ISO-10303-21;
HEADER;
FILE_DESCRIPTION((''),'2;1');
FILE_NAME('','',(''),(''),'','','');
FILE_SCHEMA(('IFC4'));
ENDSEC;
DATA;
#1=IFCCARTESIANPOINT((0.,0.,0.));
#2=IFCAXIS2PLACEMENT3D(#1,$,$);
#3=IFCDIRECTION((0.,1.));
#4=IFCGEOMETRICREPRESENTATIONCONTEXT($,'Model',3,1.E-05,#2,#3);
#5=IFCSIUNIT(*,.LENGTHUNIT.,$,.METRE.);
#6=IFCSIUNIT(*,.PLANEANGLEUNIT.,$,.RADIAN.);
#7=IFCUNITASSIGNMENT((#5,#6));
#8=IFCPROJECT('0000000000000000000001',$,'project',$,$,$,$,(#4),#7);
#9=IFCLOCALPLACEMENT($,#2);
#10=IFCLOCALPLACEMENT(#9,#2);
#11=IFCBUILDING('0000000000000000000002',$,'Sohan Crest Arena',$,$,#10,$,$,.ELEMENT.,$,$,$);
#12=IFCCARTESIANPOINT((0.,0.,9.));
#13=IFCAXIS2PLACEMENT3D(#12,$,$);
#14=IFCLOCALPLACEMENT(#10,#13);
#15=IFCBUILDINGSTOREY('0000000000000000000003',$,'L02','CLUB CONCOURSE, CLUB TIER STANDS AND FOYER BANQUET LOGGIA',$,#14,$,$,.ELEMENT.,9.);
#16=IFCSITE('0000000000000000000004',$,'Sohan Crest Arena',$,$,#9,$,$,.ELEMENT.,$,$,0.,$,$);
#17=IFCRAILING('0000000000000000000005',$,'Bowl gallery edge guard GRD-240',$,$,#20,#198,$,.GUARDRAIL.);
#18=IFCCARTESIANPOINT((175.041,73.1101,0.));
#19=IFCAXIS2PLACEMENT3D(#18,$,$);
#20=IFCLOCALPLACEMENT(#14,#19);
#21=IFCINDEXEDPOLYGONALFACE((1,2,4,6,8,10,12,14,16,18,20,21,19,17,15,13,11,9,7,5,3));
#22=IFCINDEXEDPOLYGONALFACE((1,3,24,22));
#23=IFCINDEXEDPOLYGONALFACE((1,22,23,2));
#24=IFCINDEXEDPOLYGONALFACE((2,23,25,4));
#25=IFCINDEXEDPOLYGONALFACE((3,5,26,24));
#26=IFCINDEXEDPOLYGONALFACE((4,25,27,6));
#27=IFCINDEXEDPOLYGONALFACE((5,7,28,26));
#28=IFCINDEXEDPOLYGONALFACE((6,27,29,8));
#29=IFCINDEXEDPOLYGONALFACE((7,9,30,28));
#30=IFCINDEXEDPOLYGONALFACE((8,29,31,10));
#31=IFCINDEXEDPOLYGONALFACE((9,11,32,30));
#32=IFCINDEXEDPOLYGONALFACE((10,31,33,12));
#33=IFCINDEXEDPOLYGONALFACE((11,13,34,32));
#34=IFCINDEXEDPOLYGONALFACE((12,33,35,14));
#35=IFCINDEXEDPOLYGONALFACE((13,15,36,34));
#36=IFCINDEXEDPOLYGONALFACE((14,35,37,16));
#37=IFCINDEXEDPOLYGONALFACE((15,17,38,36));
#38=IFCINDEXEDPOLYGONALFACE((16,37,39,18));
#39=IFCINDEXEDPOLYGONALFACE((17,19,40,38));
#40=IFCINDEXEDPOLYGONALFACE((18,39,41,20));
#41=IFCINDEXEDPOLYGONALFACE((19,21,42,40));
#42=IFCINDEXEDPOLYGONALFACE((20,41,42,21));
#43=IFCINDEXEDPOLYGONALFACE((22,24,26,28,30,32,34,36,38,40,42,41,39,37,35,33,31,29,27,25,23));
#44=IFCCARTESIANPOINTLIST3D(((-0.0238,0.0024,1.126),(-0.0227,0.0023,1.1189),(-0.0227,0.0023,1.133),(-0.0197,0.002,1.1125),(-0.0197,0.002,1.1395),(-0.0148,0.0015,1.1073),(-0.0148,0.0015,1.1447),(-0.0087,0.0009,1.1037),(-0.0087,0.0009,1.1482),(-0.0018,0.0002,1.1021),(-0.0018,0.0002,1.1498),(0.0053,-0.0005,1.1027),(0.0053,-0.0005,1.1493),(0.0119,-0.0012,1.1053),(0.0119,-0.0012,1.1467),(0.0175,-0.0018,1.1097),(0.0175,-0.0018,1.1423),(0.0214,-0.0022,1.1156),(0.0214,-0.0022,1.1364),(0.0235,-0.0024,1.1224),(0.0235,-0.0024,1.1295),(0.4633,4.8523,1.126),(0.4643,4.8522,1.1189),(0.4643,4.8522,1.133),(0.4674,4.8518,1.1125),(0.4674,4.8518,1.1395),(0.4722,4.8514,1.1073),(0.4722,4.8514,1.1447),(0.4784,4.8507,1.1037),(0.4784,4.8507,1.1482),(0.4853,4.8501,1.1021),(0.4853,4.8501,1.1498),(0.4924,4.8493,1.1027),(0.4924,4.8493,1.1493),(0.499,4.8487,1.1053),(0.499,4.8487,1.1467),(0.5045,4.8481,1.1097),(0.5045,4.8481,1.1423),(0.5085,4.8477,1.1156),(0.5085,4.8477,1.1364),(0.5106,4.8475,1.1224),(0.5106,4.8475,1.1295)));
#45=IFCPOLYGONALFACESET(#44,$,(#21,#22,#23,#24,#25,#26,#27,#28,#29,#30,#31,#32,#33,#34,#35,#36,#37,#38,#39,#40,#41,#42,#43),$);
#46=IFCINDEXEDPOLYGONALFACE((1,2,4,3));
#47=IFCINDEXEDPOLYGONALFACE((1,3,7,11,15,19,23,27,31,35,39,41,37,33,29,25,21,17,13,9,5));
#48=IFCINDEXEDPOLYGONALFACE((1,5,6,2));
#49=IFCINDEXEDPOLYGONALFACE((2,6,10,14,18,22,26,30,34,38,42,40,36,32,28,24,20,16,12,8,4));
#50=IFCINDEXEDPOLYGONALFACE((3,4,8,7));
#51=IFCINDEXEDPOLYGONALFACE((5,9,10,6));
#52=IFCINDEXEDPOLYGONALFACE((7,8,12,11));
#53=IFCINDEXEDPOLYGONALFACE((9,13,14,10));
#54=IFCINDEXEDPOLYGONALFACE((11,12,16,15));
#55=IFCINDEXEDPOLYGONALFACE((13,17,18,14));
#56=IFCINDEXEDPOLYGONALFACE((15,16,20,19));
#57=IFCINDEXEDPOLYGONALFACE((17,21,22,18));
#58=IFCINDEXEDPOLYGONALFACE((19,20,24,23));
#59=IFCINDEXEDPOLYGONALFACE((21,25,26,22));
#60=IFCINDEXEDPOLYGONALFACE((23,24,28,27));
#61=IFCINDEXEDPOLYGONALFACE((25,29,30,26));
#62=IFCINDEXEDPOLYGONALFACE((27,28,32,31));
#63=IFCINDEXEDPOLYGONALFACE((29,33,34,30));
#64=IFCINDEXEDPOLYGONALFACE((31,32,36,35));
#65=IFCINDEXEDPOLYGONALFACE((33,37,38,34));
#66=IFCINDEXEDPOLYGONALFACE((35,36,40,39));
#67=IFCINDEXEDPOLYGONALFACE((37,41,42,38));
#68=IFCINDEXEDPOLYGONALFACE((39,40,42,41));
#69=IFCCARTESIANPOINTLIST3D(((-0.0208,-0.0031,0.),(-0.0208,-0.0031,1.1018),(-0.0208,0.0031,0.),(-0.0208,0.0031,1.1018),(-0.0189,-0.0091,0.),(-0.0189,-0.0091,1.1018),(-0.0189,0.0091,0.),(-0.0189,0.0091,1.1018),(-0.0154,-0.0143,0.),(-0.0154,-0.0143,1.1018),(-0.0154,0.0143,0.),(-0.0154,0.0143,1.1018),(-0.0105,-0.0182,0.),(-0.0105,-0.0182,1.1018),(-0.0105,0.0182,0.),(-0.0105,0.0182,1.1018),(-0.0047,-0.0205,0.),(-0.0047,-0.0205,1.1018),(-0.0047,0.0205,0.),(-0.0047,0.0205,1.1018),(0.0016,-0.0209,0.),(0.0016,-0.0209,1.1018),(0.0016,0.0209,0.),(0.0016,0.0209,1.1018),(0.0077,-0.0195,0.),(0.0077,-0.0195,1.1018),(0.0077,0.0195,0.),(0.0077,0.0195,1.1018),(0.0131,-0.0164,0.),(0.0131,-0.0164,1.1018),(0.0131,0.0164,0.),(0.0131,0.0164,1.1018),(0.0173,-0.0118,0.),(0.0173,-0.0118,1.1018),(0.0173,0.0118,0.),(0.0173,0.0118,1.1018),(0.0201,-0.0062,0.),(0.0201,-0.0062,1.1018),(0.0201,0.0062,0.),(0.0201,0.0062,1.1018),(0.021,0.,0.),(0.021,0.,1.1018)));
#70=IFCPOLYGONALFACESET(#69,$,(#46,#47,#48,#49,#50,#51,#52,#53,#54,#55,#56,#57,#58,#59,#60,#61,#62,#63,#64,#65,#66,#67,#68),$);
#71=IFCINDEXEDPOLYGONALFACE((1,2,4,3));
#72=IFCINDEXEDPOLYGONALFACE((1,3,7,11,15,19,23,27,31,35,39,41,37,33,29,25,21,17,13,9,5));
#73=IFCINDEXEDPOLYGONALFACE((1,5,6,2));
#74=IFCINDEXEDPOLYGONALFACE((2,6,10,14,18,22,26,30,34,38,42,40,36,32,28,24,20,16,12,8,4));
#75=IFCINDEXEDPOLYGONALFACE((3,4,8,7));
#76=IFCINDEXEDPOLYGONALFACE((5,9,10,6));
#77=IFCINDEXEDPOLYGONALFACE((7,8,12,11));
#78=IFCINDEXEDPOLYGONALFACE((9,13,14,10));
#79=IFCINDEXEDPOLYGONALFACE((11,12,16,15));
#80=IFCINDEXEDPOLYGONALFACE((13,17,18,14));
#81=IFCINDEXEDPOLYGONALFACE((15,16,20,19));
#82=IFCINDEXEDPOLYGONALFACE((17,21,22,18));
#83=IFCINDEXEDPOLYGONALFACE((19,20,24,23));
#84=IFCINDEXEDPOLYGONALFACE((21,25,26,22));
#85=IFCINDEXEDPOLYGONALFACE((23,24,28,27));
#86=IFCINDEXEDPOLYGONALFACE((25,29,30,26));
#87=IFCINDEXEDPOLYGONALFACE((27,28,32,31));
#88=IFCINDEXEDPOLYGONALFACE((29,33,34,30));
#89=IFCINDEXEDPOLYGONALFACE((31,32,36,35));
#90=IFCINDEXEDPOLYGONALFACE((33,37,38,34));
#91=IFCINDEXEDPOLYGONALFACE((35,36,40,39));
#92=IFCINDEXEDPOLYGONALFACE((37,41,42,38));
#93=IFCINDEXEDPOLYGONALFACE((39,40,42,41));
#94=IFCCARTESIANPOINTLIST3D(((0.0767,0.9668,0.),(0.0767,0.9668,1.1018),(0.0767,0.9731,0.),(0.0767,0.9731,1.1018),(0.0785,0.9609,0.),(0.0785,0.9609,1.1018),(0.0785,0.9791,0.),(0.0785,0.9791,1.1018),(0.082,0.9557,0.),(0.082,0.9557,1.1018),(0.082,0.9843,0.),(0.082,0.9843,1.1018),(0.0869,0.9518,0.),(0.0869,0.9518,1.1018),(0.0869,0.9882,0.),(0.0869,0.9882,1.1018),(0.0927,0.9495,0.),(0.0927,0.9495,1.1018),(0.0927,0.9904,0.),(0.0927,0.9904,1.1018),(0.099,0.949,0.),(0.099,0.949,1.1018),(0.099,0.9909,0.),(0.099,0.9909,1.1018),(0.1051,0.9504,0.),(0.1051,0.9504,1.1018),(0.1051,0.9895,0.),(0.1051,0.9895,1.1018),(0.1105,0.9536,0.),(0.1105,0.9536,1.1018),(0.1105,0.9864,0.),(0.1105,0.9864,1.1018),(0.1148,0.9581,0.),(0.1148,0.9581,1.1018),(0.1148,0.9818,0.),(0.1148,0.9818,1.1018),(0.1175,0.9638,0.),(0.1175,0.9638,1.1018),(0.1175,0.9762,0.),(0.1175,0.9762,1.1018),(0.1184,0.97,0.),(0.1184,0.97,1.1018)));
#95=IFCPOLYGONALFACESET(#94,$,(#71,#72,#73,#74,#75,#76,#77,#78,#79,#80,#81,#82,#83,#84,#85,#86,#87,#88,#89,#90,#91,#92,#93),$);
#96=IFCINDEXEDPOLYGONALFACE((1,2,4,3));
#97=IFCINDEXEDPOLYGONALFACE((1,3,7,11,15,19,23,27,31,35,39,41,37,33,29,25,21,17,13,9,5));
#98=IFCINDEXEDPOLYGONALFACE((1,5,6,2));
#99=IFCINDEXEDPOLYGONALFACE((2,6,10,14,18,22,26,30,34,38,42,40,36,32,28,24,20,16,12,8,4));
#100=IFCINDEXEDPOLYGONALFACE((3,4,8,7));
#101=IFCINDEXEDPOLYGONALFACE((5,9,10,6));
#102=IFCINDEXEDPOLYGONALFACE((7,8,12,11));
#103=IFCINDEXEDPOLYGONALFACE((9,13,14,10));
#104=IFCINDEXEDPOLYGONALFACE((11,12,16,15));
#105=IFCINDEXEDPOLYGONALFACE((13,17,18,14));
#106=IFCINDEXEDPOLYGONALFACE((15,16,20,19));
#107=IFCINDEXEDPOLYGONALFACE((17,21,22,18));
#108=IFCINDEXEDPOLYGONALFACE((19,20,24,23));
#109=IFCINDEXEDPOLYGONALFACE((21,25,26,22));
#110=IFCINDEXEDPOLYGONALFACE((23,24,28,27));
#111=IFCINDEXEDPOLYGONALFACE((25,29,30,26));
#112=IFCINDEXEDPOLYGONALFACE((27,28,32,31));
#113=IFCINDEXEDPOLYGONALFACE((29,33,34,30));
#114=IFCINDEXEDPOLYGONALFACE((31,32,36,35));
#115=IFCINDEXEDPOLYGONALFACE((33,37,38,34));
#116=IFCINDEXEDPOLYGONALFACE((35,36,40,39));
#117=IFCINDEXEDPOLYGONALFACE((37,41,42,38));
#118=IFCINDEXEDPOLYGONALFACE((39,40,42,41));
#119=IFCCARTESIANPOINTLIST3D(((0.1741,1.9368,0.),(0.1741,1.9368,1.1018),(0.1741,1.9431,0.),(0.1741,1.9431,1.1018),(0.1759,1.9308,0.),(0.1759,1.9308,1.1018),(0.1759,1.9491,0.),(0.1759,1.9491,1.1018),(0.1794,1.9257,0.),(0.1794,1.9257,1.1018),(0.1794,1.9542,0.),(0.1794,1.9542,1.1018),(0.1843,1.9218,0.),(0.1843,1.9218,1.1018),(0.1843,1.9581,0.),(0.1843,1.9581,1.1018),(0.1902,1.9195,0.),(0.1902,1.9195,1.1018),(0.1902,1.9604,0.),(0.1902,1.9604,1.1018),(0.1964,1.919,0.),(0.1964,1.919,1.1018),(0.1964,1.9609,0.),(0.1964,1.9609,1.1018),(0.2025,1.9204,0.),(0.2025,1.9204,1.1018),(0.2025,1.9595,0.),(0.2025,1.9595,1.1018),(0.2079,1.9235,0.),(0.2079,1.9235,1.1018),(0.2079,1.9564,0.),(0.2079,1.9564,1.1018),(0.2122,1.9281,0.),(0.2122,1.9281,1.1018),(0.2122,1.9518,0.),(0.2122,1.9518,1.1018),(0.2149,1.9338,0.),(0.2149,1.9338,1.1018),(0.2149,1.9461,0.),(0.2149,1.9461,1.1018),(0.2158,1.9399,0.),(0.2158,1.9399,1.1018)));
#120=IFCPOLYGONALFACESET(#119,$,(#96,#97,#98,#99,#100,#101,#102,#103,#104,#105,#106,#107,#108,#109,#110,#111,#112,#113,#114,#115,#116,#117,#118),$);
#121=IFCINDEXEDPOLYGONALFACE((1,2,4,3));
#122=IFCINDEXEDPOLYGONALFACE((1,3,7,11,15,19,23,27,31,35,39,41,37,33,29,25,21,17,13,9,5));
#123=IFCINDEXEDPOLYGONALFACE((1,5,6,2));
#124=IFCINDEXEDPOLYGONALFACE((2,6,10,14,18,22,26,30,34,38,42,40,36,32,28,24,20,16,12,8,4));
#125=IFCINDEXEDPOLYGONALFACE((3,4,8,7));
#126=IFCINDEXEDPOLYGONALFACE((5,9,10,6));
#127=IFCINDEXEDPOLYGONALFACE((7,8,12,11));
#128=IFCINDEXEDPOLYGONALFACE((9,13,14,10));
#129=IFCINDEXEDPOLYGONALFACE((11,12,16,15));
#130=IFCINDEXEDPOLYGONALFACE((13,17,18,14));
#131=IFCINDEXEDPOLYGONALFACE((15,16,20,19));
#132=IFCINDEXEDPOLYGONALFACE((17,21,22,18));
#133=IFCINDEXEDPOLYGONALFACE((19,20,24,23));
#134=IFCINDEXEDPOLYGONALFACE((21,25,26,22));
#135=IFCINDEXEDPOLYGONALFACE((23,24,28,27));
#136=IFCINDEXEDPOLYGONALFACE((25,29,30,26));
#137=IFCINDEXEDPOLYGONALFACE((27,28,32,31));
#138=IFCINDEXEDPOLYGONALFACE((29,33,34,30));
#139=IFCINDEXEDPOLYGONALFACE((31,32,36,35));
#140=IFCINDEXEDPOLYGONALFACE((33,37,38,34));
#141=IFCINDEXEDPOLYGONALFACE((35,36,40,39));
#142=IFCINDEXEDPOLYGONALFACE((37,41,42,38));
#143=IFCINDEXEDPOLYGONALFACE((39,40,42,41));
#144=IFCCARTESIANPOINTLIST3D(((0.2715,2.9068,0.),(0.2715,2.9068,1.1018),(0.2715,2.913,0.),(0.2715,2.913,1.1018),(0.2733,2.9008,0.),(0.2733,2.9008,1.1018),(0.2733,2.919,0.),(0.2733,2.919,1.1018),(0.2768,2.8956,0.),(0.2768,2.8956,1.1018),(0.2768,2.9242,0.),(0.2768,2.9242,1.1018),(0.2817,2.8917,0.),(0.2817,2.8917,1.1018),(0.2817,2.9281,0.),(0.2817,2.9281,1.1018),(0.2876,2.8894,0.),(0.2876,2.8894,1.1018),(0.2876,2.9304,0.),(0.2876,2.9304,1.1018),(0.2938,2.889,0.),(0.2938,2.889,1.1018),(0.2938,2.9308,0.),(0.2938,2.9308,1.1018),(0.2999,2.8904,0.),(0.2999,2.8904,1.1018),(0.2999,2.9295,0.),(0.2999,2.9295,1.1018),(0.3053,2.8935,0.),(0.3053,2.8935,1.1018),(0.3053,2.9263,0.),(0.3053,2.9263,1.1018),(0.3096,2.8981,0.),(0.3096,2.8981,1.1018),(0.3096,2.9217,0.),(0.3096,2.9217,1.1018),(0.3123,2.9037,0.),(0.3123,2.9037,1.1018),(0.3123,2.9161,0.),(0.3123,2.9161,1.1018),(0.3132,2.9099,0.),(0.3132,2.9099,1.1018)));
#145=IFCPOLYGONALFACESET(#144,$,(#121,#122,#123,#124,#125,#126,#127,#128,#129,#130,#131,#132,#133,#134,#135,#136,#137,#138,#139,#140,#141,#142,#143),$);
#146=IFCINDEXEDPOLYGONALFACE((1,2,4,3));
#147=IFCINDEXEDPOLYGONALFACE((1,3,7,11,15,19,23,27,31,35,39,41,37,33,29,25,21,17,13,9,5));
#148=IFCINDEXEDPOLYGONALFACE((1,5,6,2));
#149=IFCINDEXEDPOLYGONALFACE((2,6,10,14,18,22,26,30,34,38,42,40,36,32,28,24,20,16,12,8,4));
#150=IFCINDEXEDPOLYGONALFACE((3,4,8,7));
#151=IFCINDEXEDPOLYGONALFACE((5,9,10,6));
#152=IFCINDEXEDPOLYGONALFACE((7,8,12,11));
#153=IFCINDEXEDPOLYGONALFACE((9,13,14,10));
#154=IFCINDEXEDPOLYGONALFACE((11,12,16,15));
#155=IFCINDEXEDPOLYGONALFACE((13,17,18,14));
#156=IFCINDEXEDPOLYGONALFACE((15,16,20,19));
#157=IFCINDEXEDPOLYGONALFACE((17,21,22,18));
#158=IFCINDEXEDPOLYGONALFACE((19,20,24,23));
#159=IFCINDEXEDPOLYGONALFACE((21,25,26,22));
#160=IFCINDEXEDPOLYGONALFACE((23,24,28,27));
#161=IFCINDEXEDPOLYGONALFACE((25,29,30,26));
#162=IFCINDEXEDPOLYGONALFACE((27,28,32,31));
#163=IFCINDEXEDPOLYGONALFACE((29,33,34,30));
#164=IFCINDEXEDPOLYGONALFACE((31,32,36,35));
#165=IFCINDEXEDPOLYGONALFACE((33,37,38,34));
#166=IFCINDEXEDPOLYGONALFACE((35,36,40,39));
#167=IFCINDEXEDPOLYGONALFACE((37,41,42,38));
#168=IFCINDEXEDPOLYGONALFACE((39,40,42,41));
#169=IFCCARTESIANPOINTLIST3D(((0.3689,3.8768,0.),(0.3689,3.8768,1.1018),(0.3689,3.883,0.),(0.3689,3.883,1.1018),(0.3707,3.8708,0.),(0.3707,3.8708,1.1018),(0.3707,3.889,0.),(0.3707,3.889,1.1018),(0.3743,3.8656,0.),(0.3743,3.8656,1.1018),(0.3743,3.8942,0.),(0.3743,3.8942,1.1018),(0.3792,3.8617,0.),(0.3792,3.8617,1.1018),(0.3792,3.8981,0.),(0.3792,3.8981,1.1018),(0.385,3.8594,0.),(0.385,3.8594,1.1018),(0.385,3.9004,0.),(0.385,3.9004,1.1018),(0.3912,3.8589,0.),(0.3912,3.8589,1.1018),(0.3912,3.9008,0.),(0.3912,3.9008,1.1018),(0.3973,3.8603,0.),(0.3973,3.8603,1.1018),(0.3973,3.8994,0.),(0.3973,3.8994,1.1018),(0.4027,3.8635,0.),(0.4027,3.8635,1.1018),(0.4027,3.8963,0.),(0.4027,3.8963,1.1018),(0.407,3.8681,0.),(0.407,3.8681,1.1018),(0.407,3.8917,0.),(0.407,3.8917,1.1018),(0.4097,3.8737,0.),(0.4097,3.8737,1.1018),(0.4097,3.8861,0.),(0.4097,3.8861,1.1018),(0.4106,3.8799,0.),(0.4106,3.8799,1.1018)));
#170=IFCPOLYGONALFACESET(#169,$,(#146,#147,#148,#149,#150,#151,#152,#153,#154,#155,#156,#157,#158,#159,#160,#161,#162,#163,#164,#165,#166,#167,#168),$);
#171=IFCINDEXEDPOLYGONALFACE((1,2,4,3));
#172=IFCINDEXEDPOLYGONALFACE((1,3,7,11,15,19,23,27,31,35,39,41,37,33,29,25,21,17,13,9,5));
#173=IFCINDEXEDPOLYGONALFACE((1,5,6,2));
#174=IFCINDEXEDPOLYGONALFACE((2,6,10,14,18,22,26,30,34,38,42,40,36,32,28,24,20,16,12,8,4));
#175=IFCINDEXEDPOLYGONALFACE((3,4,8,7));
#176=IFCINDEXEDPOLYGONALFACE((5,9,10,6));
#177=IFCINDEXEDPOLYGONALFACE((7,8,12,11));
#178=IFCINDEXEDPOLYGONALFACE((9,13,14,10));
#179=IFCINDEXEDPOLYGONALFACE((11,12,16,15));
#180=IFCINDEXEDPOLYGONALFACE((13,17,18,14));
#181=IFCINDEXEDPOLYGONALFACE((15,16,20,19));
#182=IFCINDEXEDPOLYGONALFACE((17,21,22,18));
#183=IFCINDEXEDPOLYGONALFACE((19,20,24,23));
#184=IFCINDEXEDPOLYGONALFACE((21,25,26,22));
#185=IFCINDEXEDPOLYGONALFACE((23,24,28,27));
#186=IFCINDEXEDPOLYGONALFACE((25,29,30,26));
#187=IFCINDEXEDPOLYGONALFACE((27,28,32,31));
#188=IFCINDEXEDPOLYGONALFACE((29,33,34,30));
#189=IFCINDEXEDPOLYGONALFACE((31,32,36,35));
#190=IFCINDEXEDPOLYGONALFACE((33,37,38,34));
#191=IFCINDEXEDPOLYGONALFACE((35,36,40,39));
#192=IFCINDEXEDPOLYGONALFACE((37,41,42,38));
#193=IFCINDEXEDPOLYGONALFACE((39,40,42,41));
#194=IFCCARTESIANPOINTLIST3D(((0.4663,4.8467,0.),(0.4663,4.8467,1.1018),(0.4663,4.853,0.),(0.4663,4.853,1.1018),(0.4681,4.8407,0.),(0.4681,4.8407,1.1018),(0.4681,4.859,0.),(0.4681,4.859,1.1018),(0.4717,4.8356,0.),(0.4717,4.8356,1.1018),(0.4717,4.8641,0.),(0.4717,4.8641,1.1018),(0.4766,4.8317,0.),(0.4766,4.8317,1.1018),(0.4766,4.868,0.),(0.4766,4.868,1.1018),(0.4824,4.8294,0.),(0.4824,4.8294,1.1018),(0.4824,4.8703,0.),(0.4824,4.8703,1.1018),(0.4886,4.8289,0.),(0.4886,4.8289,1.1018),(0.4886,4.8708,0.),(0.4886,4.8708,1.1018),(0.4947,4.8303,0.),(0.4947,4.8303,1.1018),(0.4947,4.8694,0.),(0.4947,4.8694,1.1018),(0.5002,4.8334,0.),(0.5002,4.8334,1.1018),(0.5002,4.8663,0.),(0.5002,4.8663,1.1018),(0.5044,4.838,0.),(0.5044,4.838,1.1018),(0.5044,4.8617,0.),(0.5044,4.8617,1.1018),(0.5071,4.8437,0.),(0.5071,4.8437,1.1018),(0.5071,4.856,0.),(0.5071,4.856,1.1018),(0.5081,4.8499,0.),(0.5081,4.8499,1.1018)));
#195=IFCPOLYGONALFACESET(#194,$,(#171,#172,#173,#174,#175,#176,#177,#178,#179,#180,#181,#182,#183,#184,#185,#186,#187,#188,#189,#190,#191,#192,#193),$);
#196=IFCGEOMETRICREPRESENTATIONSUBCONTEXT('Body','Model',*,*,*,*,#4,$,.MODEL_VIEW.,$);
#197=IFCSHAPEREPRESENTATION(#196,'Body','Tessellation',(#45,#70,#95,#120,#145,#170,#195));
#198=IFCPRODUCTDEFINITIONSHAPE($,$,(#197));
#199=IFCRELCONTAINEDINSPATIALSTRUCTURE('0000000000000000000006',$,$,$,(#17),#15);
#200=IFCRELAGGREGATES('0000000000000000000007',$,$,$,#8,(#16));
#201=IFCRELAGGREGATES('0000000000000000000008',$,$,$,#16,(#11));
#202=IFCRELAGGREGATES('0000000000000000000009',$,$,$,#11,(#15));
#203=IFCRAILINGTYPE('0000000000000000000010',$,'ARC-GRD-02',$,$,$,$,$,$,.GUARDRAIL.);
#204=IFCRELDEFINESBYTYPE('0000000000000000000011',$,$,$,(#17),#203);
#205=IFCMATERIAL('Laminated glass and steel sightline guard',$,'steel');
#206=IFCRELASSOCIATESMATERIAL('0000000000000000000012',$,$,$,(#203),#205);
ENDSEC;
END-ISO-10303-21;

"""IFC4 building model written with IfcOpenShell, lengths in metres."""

from ifc_helpers import new_model, si_unit, direction, frame, origin, origin_2d, place, context, subcontext, project, spatial, circle, extrude, material, type_object, element, save


model = new_model("IFC4")

# Units and contexts
model_context = context("Model", 3, precision=1e-05, world=origin(), true_north=direction((0.0, 1.0)))
body_context = subcontext(model_context, "Body", "Model", "MODEL_VIEW")
ifc_project = project(units=[si_unit("LENGTHUNIT", "METRE"), si_unit("PLANEANGLEUNIT", "RADIAN")], contexts=[model_context])

# Site, building, storey
site_placement = place(None, origin())
site = spatial("IfcSite", under=ifc_project, at=site_placement, Name="Sohan Crest Arena", CompositionType="ELEMENT", RefElevation=0.0)
building_placement = place(site_placement, origin())
building = spatial("IfcBuilding", under=site, at=building_placement, Name="Sohan Crest Arena", CompositionType="ELEMENT")
storey_placement = place(building_placement, frame((0.0, 0.0, 9.0)))
storey = spatial("IfcBuildingStorey", under=building, at=storey_placement, Name="L02", Description="CLUB CONCOURSE, CLUB TIER STANDS AND FOYER BANQUET LOGGIA", CompositionType="ELEMENT", Elevation=9.0)

# Railing
ifc_material_1 = material(Name="Laminated glass and steel sightline guard", Category="steel")
railing_type = type_object("IfcRailingType", Name="ARC-GRD-02", PredefinedType="GUARDRAIL", material=ifc_material_1)
railing_1_placement = place(storey_placement, frame((175.041, 73.1101, 0.0)))
element("IfcRailing", 1, at=railing_1_placement, inside=storey, type_object=railing_type, Name="Bowl gallery edge guard GRD-240", PredefinedType="GUARDRAIL", context=body_context, shape_type="SweptSolid", body=[
    extrude(circle(Radius=0.0239, at=origin_2d()), frame((0.0, 0.0, 1.126), z_axis=(0.099925, 0.994995, 0.0), x_axis=(-0.994995, 0.099925, 0.0)), (0.0, 0.0, 1.0), 4.8743),
    extrude(circle(Radius=0.021, at=origin_2d()), origin(), (0.0, 0.0, 1.0), 1.1018),
    extrude(circle(Radius=0.021, at=origin_2d()), frame((0.0974, 0.97, 0.0)), (0.0, 0.0, 1.0), 1.1018),
    extrude(circle(Radius=0.021, at=origin_2d()), frame((0.1948, 1.9399, 0.0)), (0.0, 0.0, 1.0), 1.1018),
    extrude(circle(Radius=0.021, at=origin_2d()), frame((0.2922, 2.9099, 0.0)), (0.0, 0.0, 1.0), 1.1018),
    extrude(circle(Radius=0.021, at=origin_2d()), frame((0.3896, 3.8799, 0.0)), (0.0, 0.0, 1.0), 1.1018),
    extrude(circle(Radius=0.021, at=origin_2d()), frame((0.4871, 4.8499, 0.0)), (0.0, 0.0, 1.0), 1.1018),
])

save(model, "model.ifc")
